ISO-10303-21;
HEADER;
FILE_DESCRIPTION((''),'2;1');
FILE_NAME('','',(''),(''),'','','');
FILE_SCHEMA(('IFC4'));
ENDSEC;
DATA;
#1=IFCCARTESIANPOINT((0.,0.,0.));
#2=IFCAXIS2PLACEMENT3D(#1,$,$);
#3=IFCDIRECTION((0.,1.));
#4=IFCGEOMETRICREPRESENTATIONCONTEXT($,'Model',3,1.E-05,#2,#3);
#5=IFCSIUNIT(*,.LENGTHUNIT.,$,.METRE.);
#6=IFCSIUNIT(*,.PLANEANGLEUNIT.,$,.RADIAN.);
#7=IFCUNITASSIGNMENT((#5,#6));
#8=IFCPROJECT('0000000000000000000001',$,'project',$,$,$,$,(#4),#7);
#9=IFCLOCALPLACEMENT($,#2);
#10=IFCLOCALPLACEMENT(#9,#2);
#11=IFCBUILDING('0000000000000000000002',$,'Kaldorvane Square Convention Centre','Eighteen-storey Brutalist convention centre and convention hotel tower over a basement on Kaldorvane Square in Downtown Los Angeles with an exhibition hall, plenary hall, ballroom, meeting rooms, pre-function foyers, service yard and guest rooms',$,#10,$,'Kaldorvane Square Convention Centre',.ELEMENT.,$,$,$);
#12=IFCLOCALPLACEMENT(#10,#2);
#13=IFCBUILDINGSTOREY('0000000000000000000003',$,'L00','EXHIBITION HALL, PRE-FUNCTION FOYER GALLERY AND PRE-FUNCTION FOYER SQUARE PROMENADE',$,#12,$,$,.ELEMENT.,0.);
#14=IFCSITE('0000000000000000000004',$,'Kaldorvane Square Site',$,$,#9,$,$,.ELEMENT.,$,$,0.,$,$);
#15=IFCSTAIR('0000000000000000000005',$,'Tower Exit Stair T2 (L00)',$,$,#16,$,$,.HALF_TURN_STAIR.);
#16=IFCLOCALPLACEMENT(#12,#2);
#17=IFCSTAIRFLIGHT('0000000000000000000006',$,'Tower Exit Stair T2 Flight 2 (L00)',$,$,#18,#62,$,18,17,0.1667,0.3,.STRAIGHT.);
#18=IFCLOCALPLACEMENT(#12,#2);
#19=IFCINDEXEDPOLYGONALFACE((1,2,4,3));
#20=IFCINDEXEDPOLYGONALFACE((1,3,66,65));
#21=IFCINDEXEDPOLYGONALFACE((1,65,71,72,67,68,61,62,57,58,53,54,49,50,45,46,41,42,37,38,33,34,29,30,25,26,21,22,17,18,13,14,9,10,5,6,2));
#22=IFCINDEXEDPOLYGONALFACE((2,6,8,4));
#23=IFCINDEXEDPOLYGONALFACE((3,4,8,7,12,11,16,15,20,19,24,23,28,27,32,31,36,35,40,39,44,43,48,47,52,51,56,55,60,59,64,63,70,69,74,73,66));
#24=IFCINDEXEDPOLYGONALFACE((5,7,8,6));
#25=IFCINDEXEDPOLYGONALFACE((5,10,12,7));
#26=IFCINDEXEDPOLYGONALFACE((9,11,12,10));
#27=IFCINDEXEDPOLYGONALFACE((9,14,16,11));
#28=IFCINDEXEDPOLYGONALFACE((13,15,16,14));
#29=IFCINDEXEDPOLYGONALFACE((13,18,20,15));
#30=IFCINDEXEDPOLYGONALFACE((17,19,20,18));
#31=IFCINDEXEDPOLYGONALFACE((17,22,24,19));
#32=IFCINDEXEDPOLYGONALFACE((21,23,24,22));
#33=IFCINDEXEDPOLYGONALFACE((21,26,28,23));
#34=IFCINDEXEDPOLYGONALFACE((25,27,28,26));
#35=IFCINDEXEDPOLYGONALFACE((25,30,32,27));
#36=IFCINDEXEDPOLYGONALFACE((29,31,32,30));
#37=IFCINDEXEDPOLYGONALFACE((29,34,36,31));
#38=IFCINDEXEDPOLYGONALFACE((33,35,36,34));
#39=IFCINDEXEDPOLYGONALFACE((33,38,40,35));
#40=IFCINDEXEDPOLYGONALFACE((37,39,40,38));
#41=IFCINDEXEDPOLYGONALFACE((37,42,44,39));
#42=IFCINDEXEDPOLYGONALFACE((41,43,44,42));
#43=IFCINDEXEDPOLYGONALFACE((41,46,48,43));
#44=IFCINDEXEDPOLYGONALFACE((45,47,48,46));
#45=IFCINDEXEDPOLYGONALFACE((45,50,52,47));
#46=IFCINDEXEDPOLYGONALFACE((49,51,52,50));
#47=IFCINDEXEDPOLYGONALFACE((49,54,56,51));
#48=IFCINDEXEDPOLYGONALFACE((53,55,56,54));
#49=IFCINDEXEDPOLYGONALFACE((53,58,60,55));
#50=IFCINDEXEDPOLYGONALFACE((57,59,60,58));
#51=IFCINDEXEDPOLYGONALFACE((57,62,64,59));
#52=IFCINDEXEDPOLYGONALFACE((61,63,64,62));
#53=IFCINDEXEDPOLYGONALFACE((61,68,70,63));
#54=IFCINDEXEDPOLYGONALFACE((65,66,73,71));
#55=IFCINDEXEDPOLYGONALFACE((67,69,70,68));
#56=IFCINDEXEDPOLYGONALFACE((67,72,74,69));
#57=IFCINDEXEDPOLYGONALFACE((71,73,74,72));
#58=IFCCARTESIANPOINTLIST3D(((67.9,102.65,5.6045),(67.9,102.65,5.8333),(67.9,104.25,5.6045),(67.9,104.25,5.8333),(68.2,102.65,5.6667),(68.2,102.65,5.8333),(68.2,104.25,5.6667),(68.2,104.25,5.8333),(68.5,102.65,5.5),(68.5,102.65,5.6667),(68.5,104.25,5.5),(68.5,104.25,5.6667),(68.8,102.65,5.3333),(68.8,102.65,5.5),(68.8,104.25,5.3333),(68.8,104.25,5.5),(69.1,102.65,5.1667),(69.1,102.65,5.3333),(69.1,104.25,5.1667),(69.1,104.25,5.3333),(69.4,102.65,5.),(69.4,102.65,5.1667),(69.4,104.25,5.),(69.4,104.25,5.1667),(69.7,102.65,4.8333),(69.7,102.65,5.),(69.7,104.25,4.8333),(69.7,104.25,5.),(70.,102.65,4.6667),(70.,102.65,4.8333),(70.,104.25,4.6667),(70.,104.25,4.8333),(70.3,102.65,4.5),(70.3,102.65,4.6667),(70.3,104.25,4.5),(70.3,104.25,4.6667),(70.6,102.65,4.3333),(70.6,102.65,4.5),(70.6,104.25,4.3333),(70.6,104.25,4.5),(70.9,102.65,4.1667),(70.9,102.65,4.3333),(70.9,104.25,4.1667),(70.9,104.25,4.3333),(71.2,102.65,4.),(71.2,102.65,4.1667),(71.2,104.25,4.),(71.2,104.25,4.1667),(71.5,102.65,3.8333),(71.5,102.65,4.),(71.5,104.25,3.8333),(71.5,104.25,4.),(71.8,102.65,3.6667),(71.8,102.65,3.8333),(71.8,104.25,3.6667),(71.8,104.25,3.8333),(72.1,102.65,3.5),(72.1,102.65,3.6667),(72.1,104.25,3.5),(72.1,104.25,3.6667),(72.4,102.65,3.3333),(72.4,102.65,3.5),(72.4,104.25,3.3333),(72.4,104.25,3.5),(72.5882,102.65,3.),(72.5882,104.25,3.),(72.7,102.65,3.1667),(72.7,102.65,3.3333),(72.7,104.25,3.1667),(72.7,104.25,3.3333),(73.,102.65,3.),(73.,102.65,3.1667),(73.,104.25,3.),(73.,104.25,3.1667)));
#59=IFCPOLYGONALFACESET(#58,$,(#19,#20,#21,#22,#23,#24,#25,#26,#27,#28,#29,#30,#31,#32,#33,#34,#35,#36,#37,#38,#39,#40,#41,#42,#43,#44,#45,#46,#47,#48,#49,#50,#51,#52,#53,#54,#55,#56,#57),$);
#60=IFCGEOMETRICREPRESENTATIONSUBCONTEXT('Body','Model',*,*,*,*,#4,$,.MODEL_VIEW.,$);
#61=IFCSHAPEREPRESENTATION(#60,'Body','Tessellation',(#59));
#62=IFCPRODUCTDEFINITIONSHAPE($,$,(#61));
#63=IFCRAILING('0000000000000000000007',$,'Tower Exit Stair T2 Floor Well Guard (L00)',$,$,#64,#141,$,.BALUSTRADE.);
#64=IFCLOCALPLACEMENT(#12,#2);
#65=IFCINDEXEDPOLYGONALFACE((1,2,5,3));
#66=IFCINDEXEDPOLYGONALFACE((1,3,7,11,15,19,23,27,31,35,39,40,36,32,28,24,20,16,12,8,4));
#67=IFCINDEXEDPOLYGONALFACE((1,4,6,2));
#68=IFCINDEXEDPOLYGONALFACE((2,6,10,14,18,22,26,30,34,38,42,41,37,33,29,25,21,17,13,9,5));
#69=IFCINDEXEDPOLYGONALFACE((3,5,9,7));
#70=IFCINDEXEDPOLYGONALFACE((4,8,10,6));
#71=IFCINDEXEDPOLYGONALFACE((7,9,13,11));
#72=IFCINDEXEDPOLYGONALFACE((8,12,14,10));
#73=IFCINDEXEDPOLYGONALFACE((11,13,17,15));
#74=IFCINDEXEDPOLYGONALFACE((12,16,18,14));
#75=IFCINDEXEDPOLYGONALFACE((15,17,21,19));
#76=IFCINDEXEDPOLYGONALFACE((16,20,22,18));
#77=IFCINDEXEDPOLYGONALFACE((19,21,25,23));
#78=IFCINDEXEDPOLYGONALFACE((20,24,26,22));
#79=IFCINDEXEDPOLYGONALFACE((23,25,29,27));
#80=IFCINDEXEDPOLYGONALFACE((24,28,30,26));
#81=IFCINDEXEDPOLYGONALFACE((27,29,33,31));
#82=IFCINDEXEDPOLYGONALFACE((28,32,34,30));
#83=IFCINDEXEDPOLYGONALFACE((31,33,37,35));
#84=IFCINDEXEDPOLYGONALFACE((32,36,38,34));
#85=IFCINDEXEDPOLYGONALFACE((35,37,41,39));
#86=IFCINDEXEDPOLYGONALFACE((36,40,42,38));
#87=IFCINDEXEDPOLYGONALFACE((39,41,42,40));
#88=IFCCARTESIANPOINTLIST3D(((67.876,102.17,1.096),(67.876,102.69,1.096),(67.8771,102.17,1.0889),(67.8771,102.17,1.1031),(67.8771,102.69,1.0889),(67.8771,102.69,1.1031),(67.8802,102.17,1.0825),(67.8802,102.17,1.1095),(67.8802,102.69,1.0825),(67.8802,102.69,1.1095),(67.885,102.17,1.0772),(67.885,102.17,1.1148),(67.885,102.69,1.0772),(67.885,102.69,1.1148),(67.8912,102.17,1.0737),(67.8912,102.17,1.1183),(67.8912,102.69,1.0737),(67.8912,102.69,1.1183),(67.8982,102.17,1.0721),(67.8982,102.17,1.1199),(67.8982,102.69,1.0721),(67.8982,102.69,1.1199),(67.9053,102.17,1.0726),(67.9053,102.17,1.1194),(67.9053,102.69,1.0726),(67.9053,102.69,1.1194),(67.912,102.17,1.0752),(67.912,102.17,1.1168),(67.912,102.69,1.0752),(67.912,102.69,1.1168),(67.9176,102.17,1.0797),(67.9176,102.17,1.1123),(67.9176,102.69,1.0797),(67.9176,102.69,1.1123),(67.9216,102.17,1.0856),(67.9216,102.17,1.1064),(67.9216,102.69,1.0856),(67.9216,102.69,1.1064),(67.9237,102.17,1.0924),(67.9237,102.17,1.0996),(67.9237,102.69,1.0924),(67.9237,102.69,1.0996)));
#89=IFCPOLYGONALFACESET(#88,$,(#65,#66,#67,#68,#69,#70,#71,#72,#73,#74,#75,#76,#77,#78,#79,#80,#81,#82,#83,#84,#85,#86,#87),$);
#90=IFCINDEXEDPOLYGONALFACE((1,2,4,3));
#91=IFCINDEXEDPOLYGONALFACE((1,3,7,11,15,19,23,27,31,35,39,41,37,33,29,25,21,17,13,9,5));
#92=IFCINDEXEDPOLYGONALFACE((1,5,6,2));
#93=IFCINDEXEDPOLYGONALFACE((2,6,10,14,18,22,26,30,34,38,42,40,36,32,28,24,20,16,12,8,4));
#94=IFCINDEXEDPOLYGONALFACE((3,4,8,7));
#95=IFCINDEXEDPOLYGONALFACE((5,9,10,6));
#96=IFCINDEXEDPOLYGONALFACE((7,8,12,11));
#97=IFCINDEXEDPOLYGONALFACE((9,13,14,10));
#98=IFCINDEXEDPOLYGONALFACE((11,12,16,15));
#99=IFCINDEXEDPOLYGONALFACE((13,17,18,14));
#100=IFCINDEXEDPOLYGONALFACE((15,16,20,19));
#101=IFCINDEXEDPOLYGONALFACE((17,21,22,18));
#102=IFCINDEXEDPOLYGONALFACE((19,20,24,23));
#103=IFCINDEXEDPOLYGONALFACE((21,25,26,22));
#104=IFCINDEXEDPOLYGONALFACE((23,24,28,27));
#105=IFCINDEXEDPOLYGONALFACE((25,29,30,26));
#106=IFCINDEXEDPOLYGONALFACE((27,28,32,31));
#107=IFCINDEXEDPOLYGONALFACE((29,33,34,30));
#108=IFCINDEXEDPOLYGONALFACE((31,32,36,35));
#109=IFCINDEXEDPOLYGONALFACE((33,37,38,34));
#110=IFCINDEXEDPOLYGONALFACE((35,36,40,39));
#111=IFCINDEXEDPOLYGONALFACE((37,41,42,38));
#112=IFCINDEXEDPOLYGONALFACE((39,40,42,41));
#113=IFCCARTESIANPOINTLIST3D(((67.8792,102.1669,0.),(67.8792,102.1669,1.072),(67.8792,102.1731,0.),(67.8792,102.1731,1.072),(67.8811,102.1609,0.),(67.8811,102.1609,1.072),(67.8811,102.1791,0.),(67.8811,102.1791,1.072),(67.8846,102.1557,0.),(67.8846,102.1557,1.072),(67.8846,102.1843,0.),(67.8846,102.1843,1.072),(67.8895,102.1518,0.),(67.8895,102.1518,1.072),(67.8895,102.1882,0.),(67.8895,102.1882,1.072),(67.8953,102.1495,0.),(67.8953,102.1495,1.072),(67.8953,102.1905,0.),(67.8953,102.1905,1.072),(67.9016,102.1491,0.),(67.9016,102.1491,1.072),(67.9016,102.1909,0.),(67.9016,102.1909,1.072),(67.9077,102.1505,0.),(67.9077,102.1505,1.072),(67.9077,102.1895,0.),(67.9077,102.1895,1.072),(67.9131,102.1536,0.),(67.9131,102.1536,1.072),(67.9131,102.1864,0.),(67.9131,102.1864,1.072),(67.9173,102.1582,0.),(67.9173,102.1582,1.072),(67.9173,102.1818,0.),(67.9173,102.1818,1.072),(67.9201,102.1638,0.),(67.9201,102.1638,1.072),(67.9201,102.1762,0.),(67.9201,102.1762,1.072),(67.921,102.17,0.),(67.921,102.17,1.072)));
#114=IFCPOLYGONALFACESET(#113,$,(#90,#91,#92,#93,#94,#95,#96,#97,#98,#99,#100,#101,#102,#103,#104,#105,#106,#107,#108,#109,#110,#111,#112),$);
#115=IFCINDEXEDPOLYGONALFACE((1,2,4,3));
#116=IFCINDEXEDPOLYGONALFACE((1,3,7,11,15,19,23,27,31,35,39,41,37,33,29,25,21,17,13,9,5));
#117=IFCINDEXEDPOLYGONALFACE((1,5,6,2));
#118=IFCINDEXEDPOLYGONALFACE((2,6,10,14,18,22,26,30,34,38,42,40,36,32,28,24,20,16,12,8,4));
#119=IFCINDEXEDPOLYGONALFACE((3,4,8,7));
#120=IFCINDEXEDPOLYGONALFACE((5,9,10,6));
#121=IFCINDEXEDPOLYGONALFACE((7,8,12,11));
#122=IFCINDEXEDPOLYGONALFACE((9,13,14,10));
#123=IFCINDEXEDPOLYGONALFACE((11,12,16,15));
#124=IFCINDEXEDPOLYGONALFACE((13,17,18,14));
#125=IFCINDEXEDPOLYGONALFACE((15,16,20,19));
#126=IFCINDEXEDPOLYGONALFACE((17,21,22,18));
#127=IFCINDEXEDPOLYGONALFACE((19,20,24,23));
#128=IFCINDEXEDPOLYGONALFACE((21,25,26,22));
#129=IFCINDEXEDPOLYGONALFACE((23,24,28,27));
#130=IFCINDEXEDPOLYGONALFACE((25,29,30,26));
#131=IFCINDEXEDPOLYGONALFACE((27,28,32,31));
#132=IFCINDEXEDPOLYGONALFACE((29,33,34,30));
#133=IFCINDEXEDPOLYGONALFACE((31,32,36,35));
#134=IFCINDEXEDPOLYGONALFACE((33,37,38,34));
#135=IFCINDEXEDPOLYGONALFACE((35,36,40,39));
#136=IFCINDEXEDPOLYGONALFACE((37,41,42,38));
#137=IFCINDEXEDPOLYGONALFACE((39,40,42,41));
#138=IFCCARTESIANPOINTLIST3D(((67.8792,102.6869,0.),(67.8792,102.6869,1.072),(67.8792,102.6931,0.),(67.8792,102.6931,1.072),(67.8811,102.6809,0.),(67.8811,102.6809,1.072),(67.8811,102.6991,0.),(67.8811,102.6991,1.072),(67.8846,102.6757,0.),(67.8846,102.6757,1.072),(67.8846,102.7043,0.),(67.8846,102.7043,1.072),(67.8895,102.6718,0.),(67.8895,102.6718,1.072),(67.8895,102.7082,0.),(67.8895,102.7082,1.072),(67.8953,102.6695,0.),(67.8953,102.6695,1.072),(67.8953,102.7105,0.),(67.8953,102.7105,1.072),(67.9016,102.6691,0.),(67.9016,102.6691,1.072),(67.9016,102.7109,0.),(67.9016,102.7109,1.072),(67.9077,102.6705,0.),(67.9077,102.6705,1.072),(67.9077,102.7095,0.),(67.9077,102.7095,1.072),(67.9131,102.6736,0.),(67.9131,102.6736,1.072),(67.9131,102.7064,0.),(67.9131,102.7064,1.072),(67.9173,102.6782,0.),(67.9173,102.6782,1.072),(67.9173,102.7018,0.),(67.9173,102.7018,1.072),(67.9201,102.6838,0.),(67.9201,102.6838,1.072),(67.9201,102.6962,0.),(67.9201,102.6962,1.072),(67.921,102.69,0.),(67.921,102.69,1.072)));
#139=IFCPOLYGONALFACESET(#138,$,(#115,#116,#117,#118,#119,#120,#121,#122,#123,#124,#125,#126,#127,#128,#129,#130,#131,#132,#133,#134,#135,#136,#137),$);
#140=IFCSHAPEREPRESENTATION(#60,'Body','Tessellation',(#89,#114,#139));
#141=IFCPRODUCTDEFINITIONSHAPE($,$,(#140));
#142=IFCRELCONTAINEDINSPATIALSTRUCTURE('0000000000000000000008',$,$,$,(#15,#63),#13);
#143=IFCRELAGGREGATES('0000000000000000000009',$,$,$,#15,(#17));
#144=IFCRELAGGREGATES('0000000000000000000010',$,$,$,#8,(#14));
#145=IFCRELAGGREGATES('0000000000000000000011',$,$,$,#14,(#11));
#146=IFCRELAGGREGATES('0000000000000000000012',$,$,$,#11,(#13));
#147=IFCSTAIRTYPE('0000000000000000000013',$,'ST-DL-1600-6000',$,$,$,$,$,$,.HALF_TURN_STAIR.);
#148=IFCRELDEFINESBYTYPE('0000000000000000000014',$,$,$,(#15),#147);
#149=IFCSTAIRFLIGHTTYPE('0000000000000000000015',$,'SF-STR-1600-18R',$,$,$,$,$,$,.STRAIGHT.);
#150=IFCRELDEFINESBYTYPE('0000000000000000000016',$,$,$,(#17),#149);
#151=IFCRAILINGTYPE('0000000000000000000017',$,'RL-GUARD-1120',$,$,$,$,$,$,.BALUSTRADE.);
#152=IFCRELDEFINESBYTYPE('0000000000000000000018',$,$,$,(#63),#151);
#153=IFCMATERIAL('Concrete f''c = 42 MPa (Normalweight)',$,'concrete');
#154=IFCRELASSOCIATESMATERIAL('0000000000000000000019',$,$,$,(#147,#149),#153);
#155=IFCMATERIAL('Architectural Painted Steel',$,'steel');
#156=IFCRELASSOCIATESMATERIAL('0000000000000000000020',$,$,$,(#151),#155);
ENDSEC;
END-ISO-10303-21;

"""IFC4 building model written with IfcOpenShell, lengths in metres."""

from ifc_helpers import new_model, si_unit, direction, frame, origin, origin_2d, place, context, subcontext, project, spatial, polyline, circle, outline, extrude, material, type_object, element, aggregate, save


model = new_model("IFC4")

# Units and contexts
model_context = context("Model", 3, precision=1e-05, world=origin(), true_north=direction((0.0, 1.0)))
body_context = subcontext(model_context, "Body", "Model", "MODEL_VIEW")
ifc_project = project(units=[si_unit("LENGTHUNIT", "METRE"), si_unit("PLANEANGLEUNIT", "RADIAN")], contexts=[model_context])

# Site, building, storey
site_placement = place(None, origin())
site = spatial("IfcSite", under=ifc_project, at=site_placement, Name="Kaldorvane Square Site", CompositionType="ELEMENT", RefElevation=0.0)
building_placement = place(site_placement, origin())
building = spatial("IfcBuilding", under=site, at=building_placement, Name="Kaldorvane Square Convention Centre", Description="Eighteen-storey Brutalist convention centre and convention hotel tower over a basement on Kaldorvane Square in Downtown Los Angeles with an exhibition hall, plenary hall, ballroom, meeting rooms, pre-function foyers, service yard and guest rooms", LongName="Kaldorvane Square Convention Centre", CompositionType="ELEMENT")
storey_placement = place(building_placement, origin())
storey = spatial("IfcBuildingStorey", under=building, at=storey_placement, Name="L00", Description="EXHIBITION HALL, PRE-FUNCTION FOYER GALLERY AND PRE-FUNCTION FOYER SQUARE PROMENADE", CompositionType="ELEMENT", Elevation=0.0)

# Shared definitions
ifc_material_1 = material(Name="Concrete f'c = 42 MPa (Normalweight)", Category="concrete")

# Stair, stair flight
stair_type = type_object("IfcStairType", Name="ST-DL-1600-6000", PredefinedType="HALF_TURN_STAIR", material=ifc_material_1)
stair_placement = place(storey_placement, origin())
stair = element("IfcStair", 1, at=stair_placement, inside=storey, type_object=stair_type, Name="Tower Exit Stair T2 (L00)", PredefinedType="HALF_TURN_STAIR")
stair_flight_type = type_object("IfcStairFlightType", Name="SF-STR-1600-18R", PredefinedType="STRAIGHT", material=ifc_material_1)
stair_flight_placement = place(storey_placement, frame((73.0, 103.45, 3.0), z_axis=(0.0, 0.0, 1.0), x_axis=(-1.0, 0.0, 0.0)))
stair_flight = element("IfcStairFlight", 2, at=stair_flight_placement, type_object=stair_flight_type, Name="Tower Exit Stair T2 Flight 2 (L00)", NumberOfRisers=18, NumberOfTreads=17, PredefinedType="STRAIGHT", RiserHeight=0.1667, TreadLength=0.3, context=body_context, shape_type="SweptSolid", body=[
    extrude(outline(polyline([(0.0, 0.0), (0.0, 0.1667), (0.3, 0.1667), (0.3, 0.3333), (0.6, 0.3333), (0.6, 0.5), (0.9, 0.5), (0.9, 0.6667), (1.2, 0.6667), (1.2, 0.8333), (1.5, 0.8333), (1.5, 1.0), (1.8, 1.0), (1.8, 1.1667), (2.1, 1.1667), (2.1, 1.3333), (2.4, 1.3333), (2.4, 1.5), (2.7, 1.5), (2.7, 1.6667), (3.0, 1.6667), (3.0, 1.8333), (3.3, 1.8333), (3.3, 2.0), (3.6, 2.0), (3.6, 2.1667), (3.9, 2.1667), (3.9, 2.3333), (4.2, 2.3333), (4.2, 2.5), (4.5, 2.5), (4.5, 2.6667), (4.8, 2.6667), (4.8, 2.8333), (5.1, 2.8333), (5.1, 3.0), (5.1, 2.6045), (0.4118, 0.0), (0.0, 0.0)])), frame((0.0, 0.8, 0.0), z_axis=(0.0, -1.0, 0.0), x_axis=(1.0, 0.0, 0.0)), (0.0, 0.0, 1.0), 1.6),
])
aggregate(stair, [stair_flight])

# Railing
ifc_material_2 = material(Name="Architectural Painted Steel", Category="steel")
railing_type_1 = type_object("IfcRailingType", Name="RL-GUARD-1120", PredefinedType="BALUSTRADE", material=ifc_material_2)
for number, where, name in (
    (3, (67.9, 102.17, 0.0), "Tower Exit Stair T2 Floor Well Guard (L00)"),
):
    element("IfcRailing", number, at=place(storey_placement, frame(where)), inside=storey, type_object=railing_type_1, Name=name, PredefinedType="BALUSTRADE", context=body_context, shape_type="SweptSolid", body=[
        extrude(circle(Radius=0.024, at=origin_2d()), frame((0.0, 0.0, 1.096), z_axis=(0.0, 1.0, 0.0), x_axis=(-1.0, 0.0, 0.0)), (0.0, 0.0, 1.0), 0.52),
        extrude(circle(Radius=0.021, at=origin_2d()), origin(), (0.0, 0.0, 1.0), 1.072),
        extrude(circle(Radius=0.021, at=origin_2d()), frame((0.0, 0.52, 0.0)), (0.0, 0.0, 1.0), 1.072),
    ])

save(model, "model.ifc")
